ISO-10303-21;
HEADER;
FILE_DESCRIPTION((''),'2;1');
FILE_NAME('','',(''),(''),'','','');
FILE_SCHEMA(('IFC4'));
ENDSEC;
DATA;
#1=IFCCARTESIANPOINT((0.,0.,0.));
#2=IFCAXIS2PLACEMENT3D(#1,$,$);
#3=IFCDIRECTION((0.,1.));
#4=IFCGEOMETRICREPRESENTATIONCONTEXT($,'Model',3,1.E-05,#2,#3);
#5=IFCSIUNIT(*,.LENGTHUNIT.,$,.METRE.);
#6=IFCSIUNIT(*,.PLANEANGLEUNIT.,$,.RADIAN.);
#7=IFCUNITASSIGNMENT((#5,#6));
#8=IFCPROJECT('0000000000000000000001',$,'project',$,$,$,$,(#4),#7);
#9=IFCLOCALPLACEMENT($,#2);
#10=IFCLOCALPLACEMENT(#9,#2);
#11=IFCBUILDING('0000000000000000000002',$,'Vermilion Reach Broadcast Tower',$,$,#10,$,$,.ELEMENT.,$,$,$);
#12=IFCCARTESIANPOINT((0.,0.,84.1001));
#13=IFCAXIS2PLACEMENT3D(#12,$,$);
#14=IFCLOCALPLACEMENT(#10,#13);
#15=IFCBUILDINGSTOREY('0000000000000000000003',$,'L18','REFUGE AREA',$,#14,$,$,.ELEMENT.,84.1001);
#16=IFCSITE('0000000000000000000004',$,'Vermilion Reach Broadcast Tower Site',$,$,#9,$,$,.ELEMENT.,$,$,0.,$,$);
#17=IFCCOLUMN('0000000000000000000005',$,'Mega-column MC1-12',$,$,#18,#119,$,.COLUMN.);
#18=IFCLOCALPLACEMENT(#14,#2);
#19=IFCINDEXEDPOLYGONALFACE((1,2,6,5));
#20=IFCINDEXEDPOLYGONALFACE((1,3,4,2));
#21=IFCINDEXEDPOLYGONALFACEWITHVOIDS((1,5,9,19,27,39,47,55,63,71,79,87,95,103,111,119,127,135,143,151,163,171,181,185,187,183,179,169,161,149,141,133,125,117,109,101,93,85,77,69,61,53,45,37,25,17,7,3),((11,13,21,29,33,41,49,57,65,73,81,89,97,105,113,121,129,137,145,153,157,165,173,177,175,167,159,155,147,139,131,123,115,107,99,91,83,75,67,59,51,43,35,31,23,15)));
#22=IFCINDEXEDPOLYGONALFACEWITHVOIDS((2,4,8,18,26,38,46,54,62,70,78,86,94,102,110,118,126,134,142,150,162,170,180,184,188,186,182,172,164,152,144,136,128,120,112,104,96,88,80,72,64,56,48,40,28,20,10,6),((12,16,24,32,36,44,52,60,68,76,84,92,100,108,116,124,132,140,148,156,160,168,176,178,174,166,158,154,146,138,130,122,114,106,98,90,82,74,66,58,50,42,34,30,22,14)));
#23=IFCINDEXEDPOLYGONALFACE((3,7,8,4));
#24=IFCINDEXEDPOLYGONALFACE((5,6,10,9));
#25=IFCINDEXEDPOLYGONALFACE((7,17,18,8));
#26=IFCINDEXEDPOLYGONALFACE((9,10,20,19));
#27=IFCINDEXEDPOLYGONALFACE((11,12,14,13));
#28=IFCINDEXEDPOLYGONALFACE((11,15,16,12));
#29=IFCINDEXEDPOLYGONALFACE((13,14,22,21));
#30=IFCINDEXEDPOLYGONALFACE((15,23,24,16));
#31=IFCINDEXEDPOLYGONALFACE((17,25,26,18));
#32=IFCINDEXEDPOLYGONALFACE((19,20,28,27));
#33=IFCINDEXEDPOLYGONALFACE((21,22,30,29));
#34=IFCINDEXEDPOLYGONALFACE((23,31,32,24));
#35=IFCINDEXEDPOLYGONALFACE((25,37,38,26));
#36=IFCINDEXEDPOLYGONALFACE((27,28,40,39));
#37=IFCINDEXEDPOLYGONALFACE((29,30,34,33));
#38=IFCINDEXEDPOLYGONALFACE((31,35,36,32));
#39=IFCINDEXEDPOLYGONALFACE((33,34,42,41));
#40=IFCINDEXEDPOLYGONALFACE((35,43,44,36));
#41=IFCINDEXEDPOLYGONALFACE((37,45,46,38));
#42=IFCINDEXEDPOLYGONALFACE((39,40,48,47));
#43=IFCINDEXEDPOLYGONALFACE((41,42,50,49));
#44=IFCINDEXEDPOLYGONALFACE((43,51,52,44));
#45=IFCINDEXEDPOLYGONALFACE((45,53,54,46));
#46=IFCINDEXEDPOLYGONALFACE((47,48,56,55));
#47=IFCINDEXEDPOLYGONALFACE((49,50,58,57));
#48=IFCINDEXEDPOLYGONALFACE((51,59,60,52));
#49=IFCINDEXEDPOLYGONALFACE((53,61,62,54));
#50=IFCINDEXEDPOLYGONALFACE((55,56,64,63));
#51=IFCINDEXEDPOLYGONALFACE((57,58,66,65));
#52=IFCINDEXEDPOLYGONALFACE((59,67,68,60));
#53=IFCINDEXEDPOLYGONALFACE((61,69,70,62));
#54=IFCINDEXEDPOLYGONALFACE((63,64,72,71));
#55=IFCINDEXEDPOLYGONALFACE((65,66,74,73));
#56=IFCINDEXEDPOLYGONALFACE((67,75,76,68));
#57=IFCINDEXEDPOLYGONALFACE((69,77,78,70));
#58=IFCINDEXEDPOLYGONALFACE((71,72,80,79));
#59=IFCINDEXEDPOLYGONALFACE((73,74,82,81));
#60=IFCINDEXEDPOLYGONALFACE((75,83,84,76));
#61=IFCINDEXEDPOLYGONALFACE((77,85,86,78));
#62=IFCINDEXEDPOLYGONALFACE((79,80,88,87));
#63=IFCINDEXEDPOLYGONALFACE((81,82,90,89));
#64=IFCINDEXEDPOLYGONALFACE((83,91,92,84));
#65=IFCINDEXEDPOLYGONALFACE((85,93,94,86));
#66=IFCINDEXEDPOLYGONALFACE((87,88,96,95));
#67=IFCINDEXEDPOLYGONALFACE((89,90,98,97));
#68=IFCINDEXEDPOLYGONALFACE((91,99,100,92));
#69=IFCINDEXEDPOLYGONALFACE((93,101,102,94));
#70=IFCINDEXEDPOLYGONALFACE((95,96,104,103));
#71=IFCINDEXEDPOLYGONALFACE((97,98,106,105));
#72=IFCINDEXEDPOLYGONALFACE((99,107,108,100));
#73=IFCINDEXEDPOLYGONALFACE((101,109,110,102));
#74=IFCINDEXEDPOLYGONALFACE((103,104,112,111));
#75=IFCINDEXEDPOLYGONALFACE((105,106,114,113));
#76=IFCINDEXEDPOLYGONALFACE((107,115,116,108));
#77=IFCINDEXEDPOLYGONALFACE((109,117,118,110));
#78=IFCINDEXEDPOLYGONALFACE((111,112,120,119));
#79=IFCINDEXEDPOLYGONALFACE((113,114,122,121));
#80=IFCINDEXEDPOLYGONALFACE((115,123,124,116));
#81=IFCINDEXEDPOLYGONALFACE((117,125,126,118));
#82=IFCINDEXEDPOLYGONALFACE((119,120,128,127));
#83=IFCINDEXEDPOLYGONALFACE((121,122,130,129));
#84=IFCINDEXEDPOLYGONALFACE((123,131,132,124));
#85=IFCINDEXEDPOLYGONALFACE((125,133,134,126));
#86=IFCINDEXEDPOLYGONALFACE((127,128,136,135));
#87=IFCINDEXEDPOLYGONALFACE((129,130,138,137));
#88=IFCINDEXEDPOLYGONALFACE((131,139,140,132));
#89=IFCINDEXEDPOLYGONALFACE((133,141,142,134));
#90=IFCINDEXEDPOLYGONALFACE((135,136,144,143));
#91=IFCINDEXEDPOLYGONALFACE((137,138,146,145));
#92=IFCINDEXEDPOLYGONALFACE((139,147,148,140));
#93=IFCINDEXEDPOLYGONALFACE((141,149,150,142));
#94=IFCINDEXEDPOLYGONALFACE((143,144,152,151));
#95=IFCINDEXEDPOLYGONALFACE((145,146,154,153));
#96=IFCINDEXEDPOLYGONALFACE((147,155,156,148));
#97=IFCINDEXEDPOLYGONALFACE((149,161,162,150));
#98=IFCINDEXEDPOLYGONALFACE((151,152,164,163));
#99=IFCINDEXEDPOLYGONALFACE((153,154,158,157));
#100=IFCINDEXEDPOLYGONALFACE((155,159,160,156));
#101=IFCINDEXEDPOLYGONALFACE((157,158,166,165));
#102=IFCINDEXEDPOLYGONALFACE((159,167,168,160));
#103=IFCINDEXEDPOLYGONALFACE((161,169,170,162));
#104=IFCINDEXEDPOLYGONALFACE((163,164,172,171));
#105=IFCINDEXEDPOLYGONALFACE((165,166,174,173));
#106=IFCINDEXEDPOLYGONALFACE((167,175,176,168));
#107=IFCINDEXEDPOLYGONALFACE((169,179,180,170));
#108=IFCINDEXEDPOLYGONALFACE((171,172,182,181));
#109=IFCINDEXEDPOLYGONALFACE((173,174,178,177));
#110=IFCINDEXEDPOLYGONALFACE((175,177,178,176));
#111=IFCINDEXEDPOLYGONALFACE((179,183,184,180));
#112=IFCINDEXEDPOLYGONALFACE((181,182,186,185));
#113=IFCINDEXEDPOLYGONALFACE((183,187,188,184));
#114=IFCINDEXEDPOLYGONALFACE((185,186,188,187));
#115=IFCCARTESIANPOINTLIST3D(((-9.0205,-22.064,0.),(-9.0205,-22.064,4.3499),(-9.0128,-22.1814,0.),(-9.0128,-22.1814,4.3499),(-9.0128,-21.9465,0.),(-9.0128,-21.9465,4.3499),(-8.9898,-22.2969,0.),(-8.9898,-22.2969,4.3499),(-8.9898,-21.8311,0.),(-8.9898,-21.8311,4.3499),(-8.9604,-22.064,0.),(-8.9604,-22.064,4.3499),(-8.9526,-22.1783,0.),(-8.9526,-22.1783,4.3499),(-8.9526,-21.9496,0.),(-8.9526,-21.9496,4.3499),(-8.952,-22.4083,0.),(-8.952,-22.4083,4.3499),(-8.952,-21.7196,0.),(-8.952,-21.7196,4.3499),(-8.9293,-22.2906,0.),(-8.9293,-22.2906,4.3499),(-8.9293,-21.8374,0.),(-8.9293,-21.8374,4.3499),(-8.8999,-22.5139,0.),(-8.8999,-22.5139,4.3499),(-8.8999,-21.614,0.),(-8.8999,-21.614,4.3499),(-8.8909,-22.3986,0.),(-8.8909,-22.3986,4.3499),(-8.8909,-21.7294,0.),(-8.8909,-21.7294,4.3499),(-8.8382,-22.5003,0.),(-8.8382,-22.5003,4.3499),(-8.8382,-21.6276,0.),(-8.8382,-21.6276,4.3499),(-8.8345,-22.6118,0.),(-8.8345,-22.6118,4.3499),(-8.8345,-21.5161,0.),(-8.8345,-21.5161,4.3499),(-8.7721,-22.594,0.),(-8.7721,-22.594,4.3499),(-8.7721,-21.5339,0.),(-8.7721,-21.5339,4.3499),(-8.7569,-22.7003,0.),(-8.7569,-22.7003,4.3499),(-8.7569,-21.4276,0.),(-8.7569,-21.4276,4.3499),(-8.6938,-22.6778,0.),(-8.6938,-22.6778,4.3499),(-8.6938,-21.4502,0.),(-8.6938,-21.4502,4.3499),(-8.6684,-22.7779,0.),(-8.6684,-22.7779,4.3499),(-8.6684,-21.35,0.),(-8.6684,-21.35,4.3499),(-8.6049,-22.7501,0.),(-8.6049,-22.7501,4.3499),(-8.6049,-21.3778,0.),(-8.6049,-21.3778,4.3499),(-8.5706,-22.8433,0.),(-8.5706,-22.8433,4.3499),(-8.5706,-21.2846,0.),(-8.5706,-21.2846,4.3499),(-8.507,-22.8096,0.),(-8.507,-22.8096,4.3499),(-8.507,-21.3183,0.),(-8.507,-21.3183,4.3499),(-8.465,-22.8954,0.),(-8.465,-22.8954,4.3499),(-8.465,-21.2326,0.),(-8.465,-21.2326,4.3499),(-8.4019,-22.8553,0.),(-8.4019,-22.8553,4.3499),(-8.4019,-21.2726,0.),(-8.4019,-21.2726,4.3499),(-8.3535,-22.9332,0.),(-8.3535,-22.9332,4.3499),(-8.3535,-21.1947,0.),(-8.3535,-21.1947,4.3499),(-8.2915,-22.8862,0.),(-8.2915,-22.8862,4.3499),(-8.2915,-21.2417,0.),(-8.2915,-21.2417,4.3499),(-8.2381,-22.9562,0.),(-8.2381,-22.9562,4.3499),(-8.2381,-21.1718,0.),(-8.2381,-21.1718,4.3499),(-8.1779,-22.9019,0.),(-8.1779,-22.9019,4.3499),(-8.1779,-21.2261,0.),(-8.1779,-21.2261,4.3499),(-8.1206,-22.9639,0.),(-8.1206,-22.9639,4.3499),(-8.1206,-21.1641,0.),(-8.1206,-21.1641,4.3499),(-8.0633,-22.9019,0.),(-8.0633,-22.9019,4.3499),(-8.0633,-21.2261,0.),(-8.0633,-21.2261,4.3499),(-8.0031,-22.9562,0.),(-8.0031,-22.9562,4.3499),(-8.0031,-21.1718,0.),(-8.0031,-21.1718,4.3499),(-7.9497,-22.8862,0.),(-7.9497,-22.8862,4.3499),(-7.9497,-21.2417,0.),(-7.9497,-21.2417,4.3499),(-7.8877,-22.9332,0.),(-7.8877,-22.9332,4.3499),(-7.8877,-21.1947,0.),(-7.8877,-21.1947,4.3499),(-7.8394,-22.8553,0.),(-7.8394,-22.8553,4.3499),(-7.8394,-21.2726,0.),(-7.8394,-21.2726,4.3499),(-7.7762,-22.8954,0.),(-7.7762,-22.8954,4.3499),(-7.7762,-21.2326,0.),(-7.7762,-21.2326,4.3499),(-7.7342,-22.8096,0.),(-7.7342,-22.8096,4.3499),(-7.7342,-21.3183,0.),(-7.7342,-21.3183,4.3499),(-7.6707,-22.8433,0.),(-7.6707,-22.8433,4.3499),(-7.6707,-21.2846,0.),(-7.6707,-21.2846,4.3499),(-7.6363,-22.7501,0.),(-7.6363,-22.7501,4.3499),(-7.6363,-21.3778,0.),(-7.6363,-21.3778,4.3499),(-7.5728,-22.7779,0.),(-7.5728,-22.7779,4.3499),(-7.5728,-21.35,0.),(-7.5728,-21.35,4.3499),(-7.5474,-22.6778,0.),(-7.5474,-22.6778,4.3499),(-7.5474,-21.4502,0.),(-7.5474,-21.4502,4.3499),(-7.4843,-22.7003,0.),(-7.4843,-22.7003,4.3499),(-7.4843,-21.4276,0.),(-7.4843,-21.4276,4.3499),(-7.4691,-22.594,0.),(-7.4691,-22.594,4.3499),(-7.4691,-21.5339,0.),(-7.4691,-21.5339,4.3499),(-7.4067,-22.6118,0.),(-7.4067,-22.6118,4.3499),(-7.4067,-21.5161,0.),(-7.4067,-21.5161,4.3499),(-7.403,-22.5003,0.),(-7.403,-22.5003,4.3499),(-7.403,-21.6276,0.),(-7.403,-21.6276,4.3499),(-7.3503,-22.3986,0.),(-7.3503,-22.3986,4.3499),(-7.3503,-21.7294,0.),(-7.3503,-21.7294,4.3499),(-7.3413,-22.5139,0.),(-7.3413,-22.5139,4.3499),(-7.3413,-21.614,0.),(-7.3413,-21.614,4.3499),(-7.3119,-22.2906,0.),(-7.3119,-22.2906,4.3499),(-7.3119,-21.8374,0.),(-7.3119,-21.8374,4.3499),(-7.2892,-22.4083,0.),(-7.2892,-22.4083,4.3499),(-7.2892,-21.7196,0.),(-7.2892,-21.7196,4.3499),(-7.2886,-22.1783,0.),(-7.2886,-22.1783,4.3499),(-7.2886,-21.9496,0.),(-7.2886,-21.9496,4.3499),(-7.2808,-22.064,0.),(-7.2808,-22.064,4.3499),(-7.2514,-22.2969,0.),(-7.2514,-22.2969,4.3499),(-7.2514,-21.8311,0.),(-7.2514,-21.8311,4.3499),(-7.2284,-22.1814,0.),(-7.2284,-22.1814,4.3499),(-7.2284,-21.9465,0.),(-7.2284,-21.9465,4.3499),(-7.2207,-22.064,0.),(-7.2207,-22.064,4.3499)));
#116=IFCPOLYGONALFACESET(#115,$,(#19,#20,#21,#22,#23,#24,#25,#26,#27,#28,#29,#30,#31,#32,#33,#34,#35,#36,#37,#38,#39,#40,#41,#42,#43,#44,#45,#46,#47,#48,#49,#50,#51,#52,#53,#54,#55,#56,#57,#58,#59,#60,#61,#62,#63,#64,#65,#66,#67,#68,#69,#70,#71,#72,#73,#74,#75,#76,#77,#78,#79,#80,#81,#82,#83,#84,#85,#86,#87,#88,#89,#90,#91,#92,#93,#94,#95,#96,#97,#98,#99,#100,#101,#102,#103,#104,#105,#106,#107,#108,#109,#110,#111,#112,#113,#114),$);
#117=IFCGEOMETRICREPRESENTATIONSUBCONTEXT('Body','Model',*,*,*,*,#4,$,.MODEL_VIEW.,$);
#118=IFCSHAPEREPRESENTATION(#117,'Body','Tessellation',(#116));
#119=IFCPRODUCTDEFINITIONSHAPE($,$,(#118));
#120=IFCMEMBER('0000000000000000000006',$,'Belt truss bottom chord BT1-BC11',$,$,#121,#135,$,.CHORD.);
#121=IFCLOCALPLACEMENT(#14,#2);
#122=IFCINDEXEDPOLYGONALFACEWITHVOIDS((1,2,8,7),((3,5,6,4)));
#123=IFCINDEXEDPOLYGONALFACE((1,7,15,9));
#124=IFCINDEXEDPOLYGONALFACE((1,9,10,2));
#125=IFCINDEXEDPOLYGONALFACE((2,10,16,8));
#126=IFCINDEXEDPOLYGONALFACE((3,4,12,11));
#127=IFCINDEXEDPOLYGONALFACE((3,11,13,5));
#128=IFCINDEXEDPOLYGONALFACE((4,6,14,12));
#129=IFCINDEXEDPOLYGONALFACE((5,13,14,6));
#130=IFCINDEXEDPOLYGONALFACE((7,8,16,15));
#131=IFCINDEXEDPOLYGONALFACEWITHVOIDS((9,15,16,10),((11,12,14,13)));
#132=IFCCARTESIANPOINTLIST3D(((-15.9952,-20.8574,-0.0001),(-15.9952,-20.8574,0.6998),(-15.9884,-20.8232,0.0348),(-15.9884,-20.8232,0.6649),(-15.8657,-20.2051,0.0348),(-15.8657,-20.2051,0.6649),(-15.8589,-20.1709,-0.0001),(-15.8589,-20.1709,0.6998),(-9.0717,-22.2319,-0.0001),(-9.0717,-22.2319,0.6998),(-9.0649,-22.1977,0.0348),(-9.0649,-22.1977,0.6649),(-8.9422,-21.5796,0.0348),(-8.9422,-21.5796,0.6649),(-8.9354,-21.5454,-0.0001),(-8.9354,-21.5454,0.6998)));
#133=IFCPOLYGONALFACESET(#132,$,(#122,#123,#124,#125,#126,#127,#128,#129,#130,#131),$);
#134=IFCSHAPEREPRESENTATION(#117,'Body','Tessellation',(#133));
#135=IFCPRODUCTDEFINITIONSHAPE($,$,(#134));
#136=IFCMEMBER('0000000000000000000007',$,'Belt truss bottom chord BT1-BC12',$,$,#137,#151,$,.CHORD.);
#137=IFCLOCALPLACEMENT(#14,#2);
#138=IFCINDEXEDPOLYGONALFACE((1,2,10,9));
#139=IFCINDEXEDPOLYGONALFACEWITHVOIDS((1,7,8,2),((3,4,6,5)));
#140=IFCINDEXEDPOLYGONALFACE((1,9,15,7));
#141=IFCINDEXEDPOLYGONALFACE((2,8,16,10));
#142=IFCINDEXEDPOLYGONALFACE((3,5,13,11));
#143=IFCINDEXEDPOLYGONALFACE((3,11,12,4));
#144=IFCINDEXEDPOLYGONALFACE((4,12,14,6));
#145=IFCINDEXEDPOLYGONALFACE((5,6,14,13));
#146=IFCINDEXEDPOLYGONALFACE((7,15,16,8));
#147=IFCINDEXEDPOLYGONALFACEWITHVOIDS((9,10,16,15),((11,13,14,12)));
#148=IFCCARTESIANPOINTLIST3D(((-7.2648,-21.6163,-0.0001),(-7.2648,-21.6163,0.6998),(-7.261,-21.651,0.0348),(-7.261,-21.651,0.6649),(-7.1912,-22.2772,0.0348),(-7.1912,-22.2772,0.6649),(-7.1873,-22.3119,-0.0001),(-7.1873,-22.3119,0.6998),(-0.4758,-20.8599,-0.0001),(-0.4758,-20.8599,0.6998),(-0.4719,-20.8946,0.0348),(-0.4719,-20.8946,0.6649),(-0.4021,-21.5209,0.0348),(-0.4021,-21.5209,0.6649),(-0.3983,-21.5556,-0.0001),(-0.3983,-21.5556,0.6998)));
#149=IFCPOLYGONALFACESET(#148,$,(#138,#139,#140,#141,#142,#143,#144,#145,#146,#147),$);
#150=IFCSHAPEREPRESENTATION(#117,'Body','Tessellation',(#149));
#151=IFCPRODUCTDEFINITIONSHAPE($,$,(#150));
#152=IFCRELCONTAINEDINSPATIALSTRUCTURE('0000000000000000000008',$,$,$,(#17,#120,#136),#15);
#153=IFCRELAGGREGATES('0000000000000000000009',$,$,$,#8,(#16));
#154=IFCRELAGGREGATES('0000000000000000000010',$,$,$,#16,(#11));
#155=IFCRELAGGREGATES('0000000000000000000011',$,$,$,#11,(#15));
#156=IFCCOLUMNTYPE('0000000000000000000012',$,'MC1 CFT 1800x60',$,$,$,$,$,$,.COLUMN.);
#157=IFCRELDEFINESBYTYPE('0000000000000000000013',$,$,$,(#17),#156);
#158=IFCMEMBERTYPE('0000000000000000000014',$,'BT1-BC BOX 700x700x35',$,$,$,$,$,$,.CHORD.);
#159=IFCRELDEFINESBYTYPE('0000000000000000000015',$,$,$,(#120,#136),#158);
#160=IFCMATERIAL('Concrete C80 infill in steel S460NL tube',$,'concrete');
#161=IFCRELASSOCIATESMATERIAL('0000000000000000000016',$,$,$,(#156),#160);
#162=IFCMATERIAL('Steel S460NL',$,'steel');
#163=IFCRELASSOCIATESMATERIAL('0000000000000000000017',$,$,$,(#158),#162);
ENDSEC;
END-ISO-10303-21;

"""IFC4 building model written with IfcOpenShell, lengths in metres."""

from ifc_helpers import new_model, si_unit, direction, frame, origin, origin_2d, place, context, subcontext, project, spatial, hollow_rectangle, hollow_circle, extrude, material, material_profile, profile_set, type_object, element, save


model = new_model("IFC4")

# Units and contexts
model_context = context("Model", 3, precision=1e-05, world=origin(), true_north=direction((0.0, 1.0)))
body_context = subcontext(model_context, "Body", "Model", "MODEL_VIEW")
ifc_project = project(units=[si_unit("LENGTHUNIT", "METRE"), si_unit("PLANEANGLEUNIT", "RADIAN")], contexts=[model_context])

# Site, building, storey
site_placement = place(None, origin())
site = spatial("IfcSite", under=ifc_project, at=site_placement, Name="Vermilion Reach Broadcast Tower Site", CompositionType="ELEMENT", RefElevation=0.0)
building_placement = place(site_placement, origin())
building = spatial("IfcBuilding", under=site, at=building_placement, Name="Vermilion Reach Broadcast Tower", CompositionType="ELEMENT")
storey_placement = place(building_placement, frame((0.0, 0.0, 84.1001)))
storey = spatial("IfcBuildingStorey", under=building, at=storey_placement, Name="L18", Description="REFUGE AREA", CompositionType="ELEMENT", Elevation=84.1001)

# Column
ifc_material_1 = material(Name="Concrete C80 infill in steel S460NL tube", Category="concrete")
ifc_material_profile_1 = material_profile(ifc_material_1, hollow_circle(Radius=0.8999, WallThickness=0.0601, at=origin_2d()), Name="Concrete C80 infill in steel S460NL tube CFT 1800x60")
ifc_profile_set_1 = profile_set([ifc_material_profile_1], Name="Concrete C80 infill in steel S460NL tube")
column_type = type_object("IfcColumnType", Name="MC1 CFT 1800x60", PredefinedType="COLUMN", material=ifc_profile_set_1)
for number, where, z_axis, x_axis, name in (
    (1, (-8.1206, -22.064, 0.0), (0.0, 0.0, 1.0), (1.0, 0.0, 0.0), "Mega-column MC1-12"),
):
    element("IfcColumn", number, at=place(storey_placement, frame(where, z_axis=z_axis, x_axis=x_axis)), inside=storey, type_object=column_type, Name=name, PredefinedType="COLUMN", context=body_context, shape_type="SweptSolid", body=[
        extrude(hollow_circle(Radius=0.8999, WallThickness=0.0601, at=origin_2d()), origin(), (0.0, 0.0, 1.0), 4.3499),
    ])

# Members
ifc_material_2 = material(Name="Steel S460NL", Category="steel")
ifc_material_profile_2 = material_profile(ifc_material_2, hollow_rectangle(XDim=0.7, YDim=0.7, WallThickness=0.0349, at=origin_2d()), Name="S460NL BOX 700x700x35")
ifc_profile_set_2 = profile_set([ifc_material_profile_2], Name="Steel S460NL")
member_type_1 = type_object("IfcMemberType", Name="BT1-BC BOX 700x700x35", PredefinedType="CHORD", material=ifc_profile_set_2)
member_1_placement = place(storey_placement, frame((-15.927, -20.5142, 0.3499), z_axis=(0.980858, -0.194726, 0.0), x_axis=(0.194726, 0.980858, 0.0)))
element("IfcMember", 2, at=member_1_placement, inside=storey, type_object=member_type_1, Name="Belt truss bottom chord BT1-BC11", PredefinedType="CHORD", context=body_context, shape_type="SweptSolid", body=[
    extrude(hollow_rectangle(XDim=0.7, YDim=0.7, WallThickness=0.0349, at=origin_2d()), origin(), (0.0, 0.0, 1.0), 7.0586),
])
member_2_placement = place(storey_placement, frame((-7.2261, -21.9641, 0.3499), z_axis=(0.993851, 0.110722, 0.0), x_axis=(-0.110722, 0.993851, 0.0)))
element("IfcMember", 3, at=member_2_placement, inside=storey, type_object=member_type_1, Name="Belt truss bottom chord BT1-BC12", PredefinedType="CHORD", context=body_context, shape_type="SweptSolid", body=[
    extrude(hollow_rectangle(XDim=0.7, YDim=0.7, WallThickness=0.0349, at=origin_2d()), origin(), (0.0, 0.0, 1.0), 6.8311),
])

save(model, "model.ifc")
